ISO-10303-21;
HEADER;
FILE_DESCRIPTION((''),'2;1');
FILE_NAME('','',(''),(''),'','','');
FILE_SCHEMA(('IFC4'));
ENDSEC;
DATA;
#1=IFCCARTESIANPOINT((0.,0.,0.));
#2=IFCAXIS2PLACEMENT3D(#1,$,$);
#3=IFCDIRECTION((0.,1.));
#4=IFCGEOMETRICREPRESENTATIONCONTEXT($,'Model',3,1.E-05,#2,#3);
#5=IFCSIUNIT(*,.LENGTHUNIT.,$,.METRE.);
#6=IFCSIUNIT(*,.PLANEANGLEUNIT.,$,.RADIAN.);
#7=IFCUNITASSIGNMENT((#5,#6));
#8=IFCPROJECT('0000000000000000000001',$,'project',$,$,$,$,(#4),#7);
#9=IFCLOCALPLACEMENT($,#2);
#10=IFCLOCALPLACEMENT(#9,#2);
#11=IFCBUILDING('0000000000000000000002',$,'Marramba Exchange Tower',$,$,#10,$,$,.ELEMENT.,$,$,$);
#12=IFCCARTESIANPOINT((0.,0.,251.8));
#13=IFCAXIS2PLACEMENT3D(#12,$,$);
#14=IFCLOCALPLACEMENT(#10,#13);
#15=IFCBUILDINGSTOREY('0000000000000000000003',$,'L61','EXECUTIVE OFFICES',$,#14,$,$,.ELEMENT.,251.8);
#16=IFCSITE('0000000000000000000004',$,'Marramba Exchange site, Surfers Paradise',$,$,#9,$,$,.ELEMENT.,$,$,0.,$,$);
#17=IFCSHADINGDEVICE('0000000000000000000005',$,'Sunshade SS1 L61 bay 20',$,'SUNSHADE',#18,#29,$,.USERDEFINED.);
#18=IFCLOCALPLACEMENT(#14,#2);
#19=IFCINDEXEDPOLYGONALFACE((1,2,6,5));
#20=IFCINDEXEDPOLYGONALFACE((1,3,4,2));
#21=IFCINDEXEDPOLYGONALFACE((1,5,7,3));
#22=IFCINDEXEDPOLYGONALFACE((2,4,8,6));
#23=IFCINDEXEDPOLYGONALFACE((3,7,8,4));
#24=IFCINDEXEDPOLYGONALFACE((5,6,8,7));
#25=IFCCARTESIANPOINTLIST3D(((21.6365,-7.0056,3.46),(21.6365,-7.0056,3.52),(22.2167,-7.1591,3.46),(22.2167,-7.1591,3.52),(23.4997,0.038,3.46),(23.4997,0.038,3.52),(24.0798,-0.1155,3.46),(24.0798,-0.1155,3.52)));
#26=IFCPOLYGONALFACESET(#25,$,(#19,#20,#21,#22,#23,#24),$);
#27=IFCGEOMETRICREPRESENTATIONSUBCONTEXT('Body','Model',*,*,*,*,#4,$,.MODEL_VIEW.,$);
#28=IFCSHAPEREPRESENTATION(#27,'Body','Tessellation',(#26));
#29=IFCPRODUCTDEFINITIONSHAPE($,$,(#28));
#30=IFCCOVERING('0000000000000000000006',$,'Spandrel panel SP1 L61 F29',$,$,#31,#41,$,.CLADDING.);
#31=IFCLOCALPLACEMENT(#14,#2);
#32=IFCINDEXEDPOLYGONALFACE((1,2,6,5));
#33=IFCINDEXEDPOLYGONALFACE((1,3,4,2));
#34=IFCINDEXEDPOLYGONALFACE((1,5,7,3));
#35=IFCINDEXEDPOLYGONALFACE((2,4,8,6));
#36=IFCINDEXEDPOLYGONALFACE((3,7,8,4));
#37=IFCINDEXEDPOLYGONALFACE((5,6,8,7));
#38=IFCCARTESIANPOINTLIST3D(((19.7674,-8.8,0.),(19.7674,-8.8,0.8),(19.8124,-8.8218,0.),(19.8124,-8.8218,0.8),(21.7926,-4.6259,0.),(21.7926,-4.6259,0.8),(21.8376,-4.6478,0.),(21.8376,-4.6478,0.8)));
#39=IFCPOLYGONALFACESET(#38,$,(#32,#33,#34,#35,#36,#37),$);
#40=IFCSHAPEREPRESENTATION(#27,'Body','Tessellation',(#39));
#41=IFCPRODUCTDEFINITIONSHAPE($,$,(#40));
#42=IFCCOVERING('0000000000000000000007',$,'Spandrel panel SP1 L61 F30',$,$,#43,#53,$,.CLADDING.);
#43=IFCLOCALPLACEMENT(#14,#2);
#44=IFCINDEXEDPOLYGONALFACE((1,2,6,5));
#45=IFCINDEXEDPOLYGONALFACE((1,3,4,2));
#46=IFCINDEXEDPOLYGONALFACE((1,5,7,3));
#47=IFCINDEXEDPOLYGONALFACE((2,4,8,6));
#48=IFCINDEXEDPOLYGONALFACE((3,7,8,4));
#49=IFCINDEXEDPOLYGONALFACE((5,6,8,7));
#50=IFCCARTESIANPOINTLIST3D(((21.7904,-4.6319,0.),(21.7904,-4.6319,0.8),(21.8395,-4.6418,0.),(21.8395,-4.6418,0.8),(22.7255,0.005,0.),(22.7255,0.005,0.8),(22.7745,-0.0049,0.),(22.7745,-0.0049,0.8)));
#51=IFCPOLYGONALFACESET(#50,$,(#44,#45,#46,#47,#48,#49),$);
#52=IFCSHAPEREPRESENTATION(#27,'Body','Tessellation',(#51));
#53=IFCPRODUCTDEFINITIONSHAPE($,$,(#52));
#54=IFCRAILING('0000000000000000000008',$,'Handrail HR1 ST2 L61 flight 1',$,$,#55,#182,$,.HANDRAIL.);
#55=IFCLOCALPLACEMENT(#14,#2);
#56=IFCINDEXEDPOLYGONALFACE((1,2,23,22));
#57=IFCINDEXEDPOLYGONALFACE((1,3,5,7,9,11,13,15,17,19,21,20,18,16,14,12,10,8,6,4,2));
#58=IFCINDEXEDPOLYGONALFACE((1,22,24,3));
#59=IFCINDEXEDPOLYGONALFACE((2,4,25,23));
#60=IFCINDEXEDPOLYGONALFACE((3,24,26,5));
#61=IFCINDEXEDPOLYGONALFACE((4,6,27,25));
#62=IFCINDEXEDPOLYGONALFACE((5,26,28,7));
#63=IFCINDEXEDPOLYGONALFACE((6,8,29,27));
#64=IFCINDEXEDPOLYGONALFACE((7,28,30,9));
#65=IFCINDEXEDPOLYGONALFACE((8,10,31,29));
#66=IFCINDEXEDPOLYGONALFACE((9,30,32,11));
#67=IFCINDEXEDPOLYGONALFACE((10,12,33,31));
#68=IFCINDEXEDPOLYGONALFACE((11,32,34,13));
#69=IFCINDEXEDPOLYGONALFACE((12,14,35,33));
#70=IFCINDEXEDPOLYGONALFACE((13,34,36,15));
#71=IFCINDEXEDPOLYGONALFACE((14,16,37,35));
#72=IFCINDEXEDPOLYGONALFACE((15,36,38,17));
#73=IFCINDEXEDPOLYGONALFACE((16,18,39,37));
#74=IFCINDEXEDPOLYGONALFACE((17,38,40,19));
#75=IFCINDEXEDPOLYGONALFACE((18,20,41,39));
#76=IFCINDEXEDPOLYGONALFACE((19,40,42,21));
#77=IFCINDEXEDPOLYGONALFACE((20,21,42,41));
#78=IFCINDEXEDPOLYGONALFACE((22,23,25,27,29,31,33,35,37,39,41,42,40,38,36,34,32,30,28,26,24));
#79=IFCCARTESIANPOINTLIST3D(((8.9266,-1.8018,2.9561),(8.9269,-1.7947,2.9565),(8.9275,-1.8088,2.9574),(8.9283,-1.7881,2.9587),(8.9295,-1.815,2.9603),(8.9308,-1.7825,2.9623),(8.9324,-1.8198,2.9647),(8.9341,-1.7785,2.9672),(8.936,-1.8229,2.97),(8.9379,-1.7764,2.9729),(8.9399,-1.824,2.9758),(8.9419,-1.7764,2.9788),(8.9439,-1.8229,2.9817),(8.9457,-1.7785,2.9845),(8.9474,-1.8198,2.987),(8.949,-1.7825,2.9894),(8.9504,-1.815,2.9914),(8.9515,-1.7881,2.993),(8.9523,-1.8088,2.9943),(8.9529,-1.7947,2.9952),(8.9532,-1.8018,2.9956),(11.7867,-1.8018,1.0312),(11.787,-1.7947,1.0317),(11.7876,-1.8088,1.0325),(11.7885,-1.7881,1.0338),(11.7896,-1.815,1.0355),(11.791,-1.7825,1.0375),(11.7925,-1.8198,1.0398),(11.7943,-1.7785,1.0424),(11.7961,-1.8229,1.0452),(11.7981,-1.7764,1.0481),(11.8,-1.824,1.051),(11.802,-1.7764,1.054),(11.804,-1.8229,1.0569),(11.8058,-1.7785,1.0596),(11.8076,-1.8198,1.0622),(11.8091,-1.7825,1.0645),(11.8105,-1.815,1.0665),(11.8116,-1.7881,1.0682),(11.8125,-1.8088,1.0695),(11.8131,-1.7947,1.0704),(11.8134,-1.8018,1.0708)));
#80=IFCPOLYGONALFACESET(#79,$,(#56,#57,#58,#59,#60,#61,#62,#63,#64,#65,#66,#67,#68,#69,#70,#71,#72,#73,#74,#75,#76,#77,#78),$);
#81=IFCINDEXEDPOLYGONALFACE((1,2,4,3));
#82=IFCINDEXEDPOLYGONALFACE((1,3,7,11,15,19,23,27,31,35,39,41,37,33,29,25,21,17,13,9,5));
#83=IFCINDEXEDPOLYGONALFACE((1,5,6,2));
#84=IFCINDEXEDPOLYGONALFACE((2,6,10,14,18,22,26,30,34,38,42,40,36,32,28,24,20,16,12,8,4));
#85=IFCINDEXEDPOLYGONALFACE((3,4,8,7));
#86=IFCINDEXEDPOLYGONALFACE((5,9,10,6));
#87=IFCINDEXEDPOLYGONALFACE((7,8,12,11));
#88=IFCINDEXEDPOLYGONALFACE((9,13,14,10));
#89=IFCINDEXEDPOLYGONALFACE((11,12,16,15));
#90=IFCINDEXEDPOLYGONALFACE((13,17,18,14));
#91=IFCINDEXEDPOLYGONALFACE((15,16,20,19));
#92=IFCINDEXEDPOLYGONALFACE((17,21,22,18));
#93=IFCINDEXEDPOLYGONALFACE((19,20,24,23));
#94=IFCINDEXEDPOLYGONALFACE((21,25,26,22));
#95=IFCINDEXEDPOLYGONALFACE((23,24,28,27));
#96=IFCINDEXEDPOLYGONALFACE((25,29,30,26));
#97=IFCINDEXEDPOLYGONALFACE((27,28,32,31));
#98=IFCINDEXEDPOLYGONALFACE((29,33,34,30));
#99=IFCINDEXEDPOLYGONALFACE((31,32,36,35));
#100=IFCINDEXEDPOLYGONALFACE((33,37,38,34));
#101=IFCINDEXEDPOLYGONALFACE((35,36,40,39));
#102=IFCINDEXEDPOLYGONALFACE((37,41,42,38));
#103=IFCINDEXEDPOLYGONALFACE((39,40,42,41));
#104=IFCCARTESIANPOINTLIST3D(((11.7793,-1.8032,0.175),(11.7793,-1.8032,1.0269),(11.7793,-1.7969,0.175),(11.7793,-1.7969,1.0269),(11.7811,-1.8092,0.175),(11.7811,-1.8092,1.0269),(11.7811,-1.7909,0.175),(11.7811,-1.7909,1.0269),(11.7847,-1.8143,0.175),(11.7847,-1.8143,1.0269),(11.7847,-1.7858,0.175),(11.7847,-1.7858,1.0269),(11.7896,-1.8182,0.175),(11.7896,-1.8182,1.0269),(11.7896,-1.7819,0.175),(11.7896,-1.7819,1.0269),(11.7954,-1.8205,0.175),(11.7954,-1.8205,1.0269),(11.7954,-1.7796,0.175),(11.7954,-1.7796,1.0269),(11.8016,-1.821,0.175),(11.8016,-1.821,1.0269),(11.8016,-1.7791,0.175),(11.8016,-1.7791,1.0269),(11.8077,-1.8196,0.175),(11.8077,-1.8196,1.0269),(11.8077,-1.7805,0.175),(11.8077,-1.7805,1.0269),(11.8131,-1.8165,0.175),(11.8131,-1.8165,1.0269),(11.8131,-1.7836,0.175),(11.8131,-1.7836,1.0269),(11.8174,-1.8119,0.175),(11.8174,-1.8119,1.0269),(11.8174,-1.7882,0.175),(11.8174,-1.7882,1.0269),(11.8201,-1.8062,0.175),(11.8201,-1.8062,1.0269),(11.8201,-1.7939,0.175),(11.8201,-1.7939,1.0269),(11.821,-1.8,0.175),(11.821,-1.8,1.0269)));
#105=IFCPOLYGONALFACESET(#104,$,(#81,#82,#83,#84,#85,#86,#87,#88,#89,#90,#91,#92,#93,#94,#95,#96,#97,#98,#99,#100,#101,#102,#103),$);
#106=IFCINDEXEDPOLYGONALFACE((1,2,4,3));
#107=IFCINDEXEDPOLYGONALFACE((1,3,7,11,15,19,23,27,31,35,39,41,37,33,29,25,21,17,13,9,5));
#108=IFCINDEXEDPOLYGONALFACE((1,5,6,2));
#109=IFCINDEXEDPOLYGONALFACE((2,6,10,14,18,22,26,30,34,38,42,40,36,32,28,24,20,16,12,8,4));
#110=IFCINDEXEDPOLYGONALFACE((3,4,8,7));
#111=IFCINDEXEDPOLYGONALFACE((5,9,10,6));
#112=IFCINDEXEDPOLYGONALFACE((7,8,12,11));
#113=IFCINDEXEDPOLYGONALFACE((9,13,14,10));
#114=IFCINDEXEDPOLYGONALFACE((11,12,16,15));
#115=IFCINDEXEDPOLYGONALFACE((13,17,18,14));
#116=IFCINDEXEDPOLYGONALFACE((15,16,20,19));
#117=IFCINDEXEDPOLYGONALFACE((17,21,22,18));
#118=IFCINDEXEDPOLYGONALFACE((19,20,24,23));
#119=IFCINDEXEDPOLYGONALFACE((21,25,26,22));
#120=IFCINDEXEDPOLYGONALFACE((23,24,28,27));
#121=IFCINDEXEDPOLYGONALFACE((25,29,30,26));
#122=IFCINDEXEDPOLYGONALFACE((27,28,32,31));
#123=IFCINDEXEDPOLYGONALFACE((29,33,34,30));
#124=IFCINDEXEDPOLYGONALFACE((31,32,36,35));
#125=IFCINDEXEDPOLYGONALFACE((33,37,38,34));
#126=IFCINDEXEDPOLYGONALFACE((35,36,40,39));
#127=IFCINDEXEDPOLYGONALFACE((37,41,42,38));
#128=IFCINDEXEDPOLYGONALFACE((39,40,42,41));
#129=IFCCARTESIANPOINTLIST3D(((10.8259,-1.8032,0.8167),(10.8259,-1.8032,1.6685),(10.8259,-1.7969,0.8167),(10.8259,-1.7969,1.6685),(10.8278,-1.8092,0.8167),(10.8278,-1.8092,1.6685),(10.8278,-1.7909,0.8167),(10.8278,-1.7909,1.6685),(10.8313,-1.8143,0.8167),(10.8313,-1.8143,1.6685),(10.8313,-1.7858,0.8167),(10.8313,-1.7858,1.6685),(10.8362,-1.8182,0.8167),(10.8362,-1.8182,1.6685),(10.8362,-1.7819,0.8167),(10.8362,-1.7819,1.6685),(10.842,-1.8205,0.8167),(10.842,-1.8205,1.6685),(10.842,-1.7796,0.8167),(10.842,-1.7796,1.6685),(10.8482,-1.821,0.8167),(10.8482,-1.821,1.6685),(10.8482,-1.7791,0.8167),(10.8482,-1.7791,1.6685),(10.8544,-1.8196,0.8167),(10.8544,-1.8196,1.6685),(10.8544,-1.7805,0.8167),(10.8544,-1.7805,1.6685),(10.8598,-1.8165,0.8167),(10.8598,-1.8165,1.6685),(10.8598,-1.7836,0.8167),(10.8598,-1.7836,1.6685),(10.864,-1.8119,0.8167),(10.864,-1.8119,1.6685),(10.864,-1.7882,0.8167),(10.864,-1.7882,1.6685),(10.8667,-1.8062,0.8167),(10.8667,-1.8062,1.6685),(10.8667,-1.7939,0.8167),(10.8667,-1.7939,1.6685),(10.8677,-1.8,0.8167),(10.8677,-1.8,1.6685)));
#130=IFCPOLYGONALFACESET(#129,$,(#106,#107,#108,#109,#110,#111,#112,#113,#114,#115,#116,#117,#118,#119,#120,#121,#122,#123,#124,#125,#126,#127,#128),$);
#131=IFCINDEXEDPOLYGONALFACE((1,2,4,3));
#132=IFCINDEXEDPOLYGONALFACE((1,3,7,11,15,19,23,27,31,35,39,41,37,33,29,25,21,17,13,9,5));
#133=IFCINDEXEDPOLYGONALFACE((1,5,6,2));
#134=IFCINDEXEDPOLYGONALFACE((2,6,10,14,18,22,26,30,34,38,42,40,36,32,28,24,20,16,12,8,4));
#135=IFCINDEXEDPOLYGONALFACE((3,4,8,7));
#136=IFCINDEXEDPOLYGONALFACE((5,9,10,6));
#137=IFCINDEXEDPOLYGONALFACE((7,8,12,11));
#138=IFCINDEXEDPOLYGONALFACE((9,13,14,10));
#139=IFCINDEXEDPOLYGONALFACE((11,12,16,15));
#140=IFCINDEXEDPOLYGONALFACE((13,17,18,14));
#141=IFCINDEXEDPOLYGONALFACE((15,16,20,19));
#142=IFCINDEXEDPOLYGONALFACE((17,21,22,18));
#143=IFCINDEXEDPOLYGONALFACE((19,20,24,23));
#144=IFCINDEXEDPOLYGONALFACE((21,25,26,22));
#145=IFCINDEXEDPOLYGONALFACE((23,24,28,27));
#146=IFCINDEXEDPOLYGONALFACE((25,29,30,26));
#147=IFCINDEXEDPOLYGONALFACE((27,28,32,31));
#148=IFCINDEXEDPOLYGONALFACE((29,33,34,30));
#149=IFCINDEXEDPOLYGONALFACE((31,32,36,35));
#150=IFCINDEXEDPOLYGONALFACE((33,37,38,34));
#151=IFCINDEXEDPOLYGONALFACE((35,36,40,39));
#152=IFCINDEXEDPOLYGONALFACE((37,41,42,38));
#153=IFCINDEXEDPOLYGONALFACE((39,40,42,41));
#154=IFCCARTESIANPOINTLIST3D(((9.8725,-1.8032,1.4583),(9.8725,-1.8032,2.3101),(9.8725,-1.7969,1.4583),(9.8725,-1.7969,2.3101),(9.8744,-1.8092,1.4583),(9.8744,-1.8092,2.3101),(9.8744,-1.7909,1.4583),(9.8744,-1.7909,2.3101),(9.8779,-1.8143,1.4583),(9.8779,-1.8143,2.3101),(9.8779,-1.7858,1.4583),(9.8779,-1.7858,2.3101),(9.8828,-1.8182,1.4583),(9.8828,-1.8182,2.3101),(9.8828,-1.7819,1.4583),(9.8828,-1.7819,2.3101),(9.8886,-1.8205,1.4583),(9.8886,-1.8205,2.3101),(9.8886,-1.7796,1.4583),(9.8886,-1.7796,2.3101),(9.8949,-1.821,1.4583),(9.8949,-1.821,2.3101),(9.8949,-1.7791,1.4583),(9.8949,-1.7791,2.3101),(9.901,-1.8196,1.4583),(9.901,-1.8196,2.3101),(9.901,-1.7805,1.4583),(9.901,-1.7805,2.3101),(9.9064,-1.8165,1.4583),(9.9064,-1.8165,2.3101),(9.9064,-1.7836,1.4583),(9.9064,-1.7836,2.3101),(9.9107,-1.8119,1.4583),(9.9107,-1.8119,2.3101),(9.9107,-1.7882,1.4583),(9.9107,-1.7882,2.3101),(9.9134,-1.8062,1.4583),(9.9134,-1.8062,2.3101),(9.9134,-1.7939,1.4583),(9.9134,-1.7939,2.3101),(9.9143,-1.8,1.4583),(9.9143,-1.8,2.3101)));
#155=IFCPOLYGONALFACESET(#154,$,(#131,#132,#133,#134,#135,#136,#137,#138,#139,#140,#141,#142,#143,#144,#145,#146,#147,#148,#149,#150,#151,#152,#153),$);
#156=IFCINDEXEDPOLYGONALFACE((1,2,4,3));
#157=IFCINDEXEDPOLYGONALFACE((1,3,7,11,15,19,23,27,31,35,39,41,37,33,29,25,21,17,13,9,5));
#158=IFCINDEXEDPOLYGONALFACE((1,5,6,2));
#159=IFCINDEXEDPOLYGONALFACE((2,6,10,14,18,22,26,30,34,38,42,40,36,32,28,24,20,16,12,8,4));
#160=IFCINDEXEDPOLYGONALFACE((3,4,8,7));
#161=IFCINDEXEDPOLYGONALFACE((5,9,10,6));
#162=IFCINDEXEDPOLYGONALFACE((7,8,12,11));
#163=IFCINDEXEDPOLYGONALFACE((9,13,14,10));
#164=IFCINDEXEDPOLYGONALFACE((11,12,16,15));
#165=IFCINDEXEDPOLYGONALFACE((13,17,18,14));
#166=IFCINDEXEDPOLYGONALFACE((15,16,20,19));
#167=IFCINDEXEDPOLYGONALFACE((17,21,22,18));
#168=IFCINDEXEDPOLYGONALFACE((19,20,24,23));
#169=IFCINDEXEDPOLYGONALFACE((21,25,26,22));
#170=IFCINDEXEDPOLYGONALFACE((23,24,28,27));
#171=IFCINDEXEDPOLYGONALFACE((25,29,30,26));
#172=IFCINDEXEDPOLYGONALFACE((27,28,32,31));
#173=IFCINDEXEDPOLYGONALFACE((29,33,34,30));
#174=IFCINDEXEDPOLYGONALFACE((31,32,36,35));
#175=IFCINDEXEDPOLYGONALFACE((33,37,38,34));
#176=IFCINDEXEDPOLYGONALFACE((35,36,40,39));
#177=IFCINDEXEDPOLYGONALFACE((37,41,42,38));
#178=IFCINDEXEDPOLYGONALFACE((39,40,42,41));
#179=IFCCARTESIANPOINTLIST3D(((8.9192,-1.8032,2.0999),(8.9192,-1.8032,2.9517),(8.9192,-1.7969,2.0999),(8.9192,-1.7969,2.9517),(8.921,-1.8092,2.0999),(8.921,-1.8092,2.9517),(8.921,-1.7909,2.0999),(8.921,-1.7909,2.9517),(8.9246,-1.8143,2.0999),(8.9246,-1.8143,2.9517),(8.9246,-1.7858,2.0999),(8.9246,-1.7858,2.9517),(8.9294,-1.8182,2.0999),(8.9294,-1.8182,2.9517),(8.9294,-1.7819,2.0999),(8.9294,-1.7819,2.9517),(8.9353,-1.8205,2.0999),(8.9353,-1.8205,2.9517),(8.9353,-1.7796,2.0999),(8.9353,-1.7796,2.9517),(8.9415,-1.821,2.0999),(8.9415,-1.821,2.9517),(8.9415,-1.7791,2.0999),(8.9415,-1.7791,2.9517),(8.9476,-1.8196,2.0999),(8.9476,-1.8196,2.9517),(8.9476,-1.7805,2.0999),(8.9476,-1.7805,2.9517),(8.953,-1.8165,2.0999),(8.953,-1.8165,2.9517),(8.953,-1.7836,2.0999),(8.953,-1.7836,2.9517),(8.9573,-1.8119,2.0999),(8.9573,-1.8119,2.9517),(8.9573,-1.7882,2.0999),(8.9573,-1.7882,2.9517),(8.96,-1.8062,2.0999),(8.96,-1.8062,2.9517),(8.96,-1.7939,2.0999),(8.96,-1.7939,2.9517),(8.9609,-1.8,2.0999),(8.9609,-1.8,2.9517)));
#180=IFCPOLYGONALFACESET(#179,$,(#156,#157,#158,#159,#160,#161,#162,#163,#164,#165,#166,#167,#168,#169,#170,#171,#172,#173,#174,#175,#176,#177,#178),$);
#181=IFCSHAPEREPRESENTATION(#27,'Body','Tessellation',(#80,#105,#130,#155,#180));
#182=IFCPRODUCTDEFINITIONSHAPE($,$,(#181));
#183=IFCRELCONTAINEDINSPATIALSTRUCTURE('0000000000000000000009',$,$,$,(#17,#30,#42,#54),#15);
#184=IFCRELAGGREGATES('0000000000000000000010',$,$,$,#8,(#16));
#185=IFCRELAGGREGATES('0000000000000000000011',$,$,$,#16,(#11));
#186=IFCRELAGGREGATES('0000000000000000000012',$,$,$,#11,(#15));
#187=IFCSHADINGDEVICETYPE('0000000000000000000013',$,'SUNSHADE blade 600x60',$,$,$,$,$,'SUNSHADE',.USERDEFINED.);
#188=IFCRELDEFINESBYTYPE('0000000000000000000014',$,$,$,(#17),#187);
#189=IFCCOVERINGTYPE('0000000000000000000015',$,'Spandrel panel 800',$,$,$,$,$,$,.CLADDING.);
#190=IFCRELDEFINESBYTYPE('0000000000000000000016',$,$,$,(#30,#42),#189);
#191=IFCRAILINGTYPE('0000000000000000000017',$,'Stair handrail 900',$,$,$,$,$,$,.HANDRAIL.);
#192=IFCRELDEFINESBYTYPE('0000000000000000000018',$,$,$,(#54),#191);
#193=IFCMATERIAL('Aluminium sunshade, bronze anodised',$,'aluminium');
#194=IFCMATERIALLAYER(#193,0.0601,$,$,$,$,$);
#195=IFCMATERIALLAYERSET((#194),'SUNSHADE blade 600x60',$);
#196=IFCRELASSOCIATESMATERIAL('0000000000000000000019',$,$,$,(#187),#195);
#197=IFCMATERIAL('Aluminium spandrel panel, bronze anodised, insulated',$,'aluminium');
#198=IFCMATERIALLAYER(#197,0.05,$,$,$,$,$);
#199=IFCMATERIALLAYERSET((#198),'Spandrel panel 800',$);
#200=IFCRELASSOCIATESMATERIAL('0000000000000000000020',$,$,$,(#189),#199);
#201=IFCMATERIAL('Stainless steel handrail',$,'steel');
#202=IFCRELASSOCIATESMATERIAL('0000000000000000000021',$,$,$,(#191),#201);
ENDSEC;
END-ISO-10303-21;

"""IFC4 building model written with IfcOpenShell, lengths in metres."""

from ifc_helpers import new_model, si_unit, direction, frame, origin, origin_2d, place, context, subcontext, project, spatial, rectangle, circle, extrude, material, layer, layer_set, type_object, element, save


model = new_model("IFC4")

# Units and contexts
model_context = context("Model", 3, precision=1e-05, world=origin(), true_north=direction((0.0, 1.0)))
body_context = subcontext(model_context, "Body", "Model", "MODEL_VIEW")
ifc_project = project(units=[si_unit("LENGTHUNIT", "METRE"), si_unit("PLANEANGLEUNIT", "RADIAN")], contexts=[model_context])

# Site, building, storey
site_placement = place(None, origin())
site = spatial("IfcSite", under=ifc_project, at=site_placement, Name="Marramba Exchange site, Surfers Paradise", CompositionType="ELEMENT", RefElevation=0.0)
building_placement = place(site_placement, origin())
building = spatial("IfcBuilding", under=site, at=building_placement, Name="Marramba Exchange Tower", CompositionType="ELEMENT")
storey_placement = place(building_placement, frame((0.0, 0.0, 251.8)))
storey = spatial("IfcBuildingStorey", under=building, at=storey_placement, Name="L61", Description="EXECUTIVE OFFICES", CompositionType="ELEMENT", Elevation=251.8)

# Shading device
ifc_material_1 = material(Name="Aluminium sunshade, bronze anodised", Category="aluminium")
ifc_layer_1 = layer(ifc_material_1, 0.0601)
ifc_layer_set_1 = layer_set([ifc_layer_1], Name="SUNSHADE blade 600x60")
shading_device_type_1 = type_object("IfcShadingDeviceType", Name="SUNSHADE blade 600x60", ElementType="SUNSHADE", PredefinedType="USERDEFINED", material=ifc_layer_set_1)
shading_device_1_placement = place(storey_placement, frame((22.8582, -3.5605, 3.46), z_axis=(0.0, 0.0, 1.0), x_axis=(0.255719, 0.966751, 0.0)))
element("IfcShadingDevice", 1, at=shading_device_1_placement, inside=storey, type_object=shading_device_type_1, Name="Sunshade SS1 L61 bay 20", ObjectType="SUNSHADE", PredefinedType="USERDEFINED", context=body_context, shape_type="SweptSolid", body=[
    extrude(rectangle(XDim=7.2859, YDim=0.6001, at=origin_2d()), origin(), (0.0, 0.0, 1.0), 0.0601),
])

# Coverings
ifc_material_2 = material(Name="Aluminium spandrel panel, bronze anodised, insulated", Category="aluminium")
ifc_layer_2 = layer(ifc_material_2, 0.05)
ifc_layer_set_2 = layer_set([ifc_layer_2], Name="Spandrel panel 800")
covering_type = type_object("IfcCoveringType", Name="Spandrel panel 800", PredefinedType="CLADDING", material=ifc_layer_set_2)
covering_1_placement = place(storey_placement, frame((20.8025, -6.7239, 0.0), z_axis=(0.0, 0.0, 1.0), x_axis=(0.436515, 0.899697, 0.0)))
element("IfcCovering", 2, at=covering_1_placement, inside=storey, type_object=covering_type, Name="Spandrel panel SP1 L61 F29", PredefinedType="CLADDING", context=body_context, shape_type="SweptSolid", body=[
    extrude(rectangle(XDim=4.6394, YDim=0.05, at=origin_2d()), origin(), (0.0, 0.0, 1.0), 0.8),
])
covering_2_placement = place(storey_placement, frame((22.2825, -2.3184, 0.0), z_axis=(0.0, 0.0, 1.0), x_axis=(0.197671, 0.980269, 0.0)))
element("IfcCovering", 3, at=covering_2_placement, inside=storey, type_object=covering_type, Name="Spandrel panel SP1 L61 F30", PredefinedType="CLADDING", context=body_context, shape_type="SweptSolid", body=[
    extrude(rectangle(XDim=4.7302, YDim=0.05, at=origin_2d()), origin(), (0.0, 0.0, 1.0), 0.8),
])

# Railing
ifc_material_3 = material(Name="Stainless steel handrail", Category="steel")
railing_type = type_object("IfcRailingType", Name="Stair handrail 900", PredefinedType="HANDRAIL", material=ifc_material_3)
railing_placement = place(storey_placement, frame((11.8, -1.8, 0.175)))
element("IfcRailing", 4, at=railing_placement, inside=storey, type_object=railing_type, Name="Handrail HR1 ST2 L61 flight 1", PredefinedType="HANDRAIL", context=body_context, shape_type="SweptSolid", body=[
    extrude(circle(Radius=0.0239, at=origin_2d()), frame((0.0, 0.0, 0.876), z_axis=(-0.829624, 0.0, 0.558323), x_axis=(0.0, -1.0, 0.0)), (0.0, 0.0, 1.0), 3.4475),
    extrude(circle(Radius=0.021, at=origin_2d()), origin(), (0.0, 0.0, 1.0), 0.8518),
    extrude(circle(Radius=0.021, at=origin_2d()), frame((-0.9534, 0.0, 0.6416)), (0.0, 0.0, 1.0), 0.8518),
    extrude(circle(Radius=0.021, at=origin_2d()), frame((-1.9067, 0.0, 1.2832)), (0.0, 0.0, 1.0), 0.8518),
    extrude(circle(Radius=0.021, at=origin_2d()), frame((-2.8601, 0.0, 1.9248)), (0.0, 0.0, 1.0), 0.8518),
])

save(model, "model.ifc")
